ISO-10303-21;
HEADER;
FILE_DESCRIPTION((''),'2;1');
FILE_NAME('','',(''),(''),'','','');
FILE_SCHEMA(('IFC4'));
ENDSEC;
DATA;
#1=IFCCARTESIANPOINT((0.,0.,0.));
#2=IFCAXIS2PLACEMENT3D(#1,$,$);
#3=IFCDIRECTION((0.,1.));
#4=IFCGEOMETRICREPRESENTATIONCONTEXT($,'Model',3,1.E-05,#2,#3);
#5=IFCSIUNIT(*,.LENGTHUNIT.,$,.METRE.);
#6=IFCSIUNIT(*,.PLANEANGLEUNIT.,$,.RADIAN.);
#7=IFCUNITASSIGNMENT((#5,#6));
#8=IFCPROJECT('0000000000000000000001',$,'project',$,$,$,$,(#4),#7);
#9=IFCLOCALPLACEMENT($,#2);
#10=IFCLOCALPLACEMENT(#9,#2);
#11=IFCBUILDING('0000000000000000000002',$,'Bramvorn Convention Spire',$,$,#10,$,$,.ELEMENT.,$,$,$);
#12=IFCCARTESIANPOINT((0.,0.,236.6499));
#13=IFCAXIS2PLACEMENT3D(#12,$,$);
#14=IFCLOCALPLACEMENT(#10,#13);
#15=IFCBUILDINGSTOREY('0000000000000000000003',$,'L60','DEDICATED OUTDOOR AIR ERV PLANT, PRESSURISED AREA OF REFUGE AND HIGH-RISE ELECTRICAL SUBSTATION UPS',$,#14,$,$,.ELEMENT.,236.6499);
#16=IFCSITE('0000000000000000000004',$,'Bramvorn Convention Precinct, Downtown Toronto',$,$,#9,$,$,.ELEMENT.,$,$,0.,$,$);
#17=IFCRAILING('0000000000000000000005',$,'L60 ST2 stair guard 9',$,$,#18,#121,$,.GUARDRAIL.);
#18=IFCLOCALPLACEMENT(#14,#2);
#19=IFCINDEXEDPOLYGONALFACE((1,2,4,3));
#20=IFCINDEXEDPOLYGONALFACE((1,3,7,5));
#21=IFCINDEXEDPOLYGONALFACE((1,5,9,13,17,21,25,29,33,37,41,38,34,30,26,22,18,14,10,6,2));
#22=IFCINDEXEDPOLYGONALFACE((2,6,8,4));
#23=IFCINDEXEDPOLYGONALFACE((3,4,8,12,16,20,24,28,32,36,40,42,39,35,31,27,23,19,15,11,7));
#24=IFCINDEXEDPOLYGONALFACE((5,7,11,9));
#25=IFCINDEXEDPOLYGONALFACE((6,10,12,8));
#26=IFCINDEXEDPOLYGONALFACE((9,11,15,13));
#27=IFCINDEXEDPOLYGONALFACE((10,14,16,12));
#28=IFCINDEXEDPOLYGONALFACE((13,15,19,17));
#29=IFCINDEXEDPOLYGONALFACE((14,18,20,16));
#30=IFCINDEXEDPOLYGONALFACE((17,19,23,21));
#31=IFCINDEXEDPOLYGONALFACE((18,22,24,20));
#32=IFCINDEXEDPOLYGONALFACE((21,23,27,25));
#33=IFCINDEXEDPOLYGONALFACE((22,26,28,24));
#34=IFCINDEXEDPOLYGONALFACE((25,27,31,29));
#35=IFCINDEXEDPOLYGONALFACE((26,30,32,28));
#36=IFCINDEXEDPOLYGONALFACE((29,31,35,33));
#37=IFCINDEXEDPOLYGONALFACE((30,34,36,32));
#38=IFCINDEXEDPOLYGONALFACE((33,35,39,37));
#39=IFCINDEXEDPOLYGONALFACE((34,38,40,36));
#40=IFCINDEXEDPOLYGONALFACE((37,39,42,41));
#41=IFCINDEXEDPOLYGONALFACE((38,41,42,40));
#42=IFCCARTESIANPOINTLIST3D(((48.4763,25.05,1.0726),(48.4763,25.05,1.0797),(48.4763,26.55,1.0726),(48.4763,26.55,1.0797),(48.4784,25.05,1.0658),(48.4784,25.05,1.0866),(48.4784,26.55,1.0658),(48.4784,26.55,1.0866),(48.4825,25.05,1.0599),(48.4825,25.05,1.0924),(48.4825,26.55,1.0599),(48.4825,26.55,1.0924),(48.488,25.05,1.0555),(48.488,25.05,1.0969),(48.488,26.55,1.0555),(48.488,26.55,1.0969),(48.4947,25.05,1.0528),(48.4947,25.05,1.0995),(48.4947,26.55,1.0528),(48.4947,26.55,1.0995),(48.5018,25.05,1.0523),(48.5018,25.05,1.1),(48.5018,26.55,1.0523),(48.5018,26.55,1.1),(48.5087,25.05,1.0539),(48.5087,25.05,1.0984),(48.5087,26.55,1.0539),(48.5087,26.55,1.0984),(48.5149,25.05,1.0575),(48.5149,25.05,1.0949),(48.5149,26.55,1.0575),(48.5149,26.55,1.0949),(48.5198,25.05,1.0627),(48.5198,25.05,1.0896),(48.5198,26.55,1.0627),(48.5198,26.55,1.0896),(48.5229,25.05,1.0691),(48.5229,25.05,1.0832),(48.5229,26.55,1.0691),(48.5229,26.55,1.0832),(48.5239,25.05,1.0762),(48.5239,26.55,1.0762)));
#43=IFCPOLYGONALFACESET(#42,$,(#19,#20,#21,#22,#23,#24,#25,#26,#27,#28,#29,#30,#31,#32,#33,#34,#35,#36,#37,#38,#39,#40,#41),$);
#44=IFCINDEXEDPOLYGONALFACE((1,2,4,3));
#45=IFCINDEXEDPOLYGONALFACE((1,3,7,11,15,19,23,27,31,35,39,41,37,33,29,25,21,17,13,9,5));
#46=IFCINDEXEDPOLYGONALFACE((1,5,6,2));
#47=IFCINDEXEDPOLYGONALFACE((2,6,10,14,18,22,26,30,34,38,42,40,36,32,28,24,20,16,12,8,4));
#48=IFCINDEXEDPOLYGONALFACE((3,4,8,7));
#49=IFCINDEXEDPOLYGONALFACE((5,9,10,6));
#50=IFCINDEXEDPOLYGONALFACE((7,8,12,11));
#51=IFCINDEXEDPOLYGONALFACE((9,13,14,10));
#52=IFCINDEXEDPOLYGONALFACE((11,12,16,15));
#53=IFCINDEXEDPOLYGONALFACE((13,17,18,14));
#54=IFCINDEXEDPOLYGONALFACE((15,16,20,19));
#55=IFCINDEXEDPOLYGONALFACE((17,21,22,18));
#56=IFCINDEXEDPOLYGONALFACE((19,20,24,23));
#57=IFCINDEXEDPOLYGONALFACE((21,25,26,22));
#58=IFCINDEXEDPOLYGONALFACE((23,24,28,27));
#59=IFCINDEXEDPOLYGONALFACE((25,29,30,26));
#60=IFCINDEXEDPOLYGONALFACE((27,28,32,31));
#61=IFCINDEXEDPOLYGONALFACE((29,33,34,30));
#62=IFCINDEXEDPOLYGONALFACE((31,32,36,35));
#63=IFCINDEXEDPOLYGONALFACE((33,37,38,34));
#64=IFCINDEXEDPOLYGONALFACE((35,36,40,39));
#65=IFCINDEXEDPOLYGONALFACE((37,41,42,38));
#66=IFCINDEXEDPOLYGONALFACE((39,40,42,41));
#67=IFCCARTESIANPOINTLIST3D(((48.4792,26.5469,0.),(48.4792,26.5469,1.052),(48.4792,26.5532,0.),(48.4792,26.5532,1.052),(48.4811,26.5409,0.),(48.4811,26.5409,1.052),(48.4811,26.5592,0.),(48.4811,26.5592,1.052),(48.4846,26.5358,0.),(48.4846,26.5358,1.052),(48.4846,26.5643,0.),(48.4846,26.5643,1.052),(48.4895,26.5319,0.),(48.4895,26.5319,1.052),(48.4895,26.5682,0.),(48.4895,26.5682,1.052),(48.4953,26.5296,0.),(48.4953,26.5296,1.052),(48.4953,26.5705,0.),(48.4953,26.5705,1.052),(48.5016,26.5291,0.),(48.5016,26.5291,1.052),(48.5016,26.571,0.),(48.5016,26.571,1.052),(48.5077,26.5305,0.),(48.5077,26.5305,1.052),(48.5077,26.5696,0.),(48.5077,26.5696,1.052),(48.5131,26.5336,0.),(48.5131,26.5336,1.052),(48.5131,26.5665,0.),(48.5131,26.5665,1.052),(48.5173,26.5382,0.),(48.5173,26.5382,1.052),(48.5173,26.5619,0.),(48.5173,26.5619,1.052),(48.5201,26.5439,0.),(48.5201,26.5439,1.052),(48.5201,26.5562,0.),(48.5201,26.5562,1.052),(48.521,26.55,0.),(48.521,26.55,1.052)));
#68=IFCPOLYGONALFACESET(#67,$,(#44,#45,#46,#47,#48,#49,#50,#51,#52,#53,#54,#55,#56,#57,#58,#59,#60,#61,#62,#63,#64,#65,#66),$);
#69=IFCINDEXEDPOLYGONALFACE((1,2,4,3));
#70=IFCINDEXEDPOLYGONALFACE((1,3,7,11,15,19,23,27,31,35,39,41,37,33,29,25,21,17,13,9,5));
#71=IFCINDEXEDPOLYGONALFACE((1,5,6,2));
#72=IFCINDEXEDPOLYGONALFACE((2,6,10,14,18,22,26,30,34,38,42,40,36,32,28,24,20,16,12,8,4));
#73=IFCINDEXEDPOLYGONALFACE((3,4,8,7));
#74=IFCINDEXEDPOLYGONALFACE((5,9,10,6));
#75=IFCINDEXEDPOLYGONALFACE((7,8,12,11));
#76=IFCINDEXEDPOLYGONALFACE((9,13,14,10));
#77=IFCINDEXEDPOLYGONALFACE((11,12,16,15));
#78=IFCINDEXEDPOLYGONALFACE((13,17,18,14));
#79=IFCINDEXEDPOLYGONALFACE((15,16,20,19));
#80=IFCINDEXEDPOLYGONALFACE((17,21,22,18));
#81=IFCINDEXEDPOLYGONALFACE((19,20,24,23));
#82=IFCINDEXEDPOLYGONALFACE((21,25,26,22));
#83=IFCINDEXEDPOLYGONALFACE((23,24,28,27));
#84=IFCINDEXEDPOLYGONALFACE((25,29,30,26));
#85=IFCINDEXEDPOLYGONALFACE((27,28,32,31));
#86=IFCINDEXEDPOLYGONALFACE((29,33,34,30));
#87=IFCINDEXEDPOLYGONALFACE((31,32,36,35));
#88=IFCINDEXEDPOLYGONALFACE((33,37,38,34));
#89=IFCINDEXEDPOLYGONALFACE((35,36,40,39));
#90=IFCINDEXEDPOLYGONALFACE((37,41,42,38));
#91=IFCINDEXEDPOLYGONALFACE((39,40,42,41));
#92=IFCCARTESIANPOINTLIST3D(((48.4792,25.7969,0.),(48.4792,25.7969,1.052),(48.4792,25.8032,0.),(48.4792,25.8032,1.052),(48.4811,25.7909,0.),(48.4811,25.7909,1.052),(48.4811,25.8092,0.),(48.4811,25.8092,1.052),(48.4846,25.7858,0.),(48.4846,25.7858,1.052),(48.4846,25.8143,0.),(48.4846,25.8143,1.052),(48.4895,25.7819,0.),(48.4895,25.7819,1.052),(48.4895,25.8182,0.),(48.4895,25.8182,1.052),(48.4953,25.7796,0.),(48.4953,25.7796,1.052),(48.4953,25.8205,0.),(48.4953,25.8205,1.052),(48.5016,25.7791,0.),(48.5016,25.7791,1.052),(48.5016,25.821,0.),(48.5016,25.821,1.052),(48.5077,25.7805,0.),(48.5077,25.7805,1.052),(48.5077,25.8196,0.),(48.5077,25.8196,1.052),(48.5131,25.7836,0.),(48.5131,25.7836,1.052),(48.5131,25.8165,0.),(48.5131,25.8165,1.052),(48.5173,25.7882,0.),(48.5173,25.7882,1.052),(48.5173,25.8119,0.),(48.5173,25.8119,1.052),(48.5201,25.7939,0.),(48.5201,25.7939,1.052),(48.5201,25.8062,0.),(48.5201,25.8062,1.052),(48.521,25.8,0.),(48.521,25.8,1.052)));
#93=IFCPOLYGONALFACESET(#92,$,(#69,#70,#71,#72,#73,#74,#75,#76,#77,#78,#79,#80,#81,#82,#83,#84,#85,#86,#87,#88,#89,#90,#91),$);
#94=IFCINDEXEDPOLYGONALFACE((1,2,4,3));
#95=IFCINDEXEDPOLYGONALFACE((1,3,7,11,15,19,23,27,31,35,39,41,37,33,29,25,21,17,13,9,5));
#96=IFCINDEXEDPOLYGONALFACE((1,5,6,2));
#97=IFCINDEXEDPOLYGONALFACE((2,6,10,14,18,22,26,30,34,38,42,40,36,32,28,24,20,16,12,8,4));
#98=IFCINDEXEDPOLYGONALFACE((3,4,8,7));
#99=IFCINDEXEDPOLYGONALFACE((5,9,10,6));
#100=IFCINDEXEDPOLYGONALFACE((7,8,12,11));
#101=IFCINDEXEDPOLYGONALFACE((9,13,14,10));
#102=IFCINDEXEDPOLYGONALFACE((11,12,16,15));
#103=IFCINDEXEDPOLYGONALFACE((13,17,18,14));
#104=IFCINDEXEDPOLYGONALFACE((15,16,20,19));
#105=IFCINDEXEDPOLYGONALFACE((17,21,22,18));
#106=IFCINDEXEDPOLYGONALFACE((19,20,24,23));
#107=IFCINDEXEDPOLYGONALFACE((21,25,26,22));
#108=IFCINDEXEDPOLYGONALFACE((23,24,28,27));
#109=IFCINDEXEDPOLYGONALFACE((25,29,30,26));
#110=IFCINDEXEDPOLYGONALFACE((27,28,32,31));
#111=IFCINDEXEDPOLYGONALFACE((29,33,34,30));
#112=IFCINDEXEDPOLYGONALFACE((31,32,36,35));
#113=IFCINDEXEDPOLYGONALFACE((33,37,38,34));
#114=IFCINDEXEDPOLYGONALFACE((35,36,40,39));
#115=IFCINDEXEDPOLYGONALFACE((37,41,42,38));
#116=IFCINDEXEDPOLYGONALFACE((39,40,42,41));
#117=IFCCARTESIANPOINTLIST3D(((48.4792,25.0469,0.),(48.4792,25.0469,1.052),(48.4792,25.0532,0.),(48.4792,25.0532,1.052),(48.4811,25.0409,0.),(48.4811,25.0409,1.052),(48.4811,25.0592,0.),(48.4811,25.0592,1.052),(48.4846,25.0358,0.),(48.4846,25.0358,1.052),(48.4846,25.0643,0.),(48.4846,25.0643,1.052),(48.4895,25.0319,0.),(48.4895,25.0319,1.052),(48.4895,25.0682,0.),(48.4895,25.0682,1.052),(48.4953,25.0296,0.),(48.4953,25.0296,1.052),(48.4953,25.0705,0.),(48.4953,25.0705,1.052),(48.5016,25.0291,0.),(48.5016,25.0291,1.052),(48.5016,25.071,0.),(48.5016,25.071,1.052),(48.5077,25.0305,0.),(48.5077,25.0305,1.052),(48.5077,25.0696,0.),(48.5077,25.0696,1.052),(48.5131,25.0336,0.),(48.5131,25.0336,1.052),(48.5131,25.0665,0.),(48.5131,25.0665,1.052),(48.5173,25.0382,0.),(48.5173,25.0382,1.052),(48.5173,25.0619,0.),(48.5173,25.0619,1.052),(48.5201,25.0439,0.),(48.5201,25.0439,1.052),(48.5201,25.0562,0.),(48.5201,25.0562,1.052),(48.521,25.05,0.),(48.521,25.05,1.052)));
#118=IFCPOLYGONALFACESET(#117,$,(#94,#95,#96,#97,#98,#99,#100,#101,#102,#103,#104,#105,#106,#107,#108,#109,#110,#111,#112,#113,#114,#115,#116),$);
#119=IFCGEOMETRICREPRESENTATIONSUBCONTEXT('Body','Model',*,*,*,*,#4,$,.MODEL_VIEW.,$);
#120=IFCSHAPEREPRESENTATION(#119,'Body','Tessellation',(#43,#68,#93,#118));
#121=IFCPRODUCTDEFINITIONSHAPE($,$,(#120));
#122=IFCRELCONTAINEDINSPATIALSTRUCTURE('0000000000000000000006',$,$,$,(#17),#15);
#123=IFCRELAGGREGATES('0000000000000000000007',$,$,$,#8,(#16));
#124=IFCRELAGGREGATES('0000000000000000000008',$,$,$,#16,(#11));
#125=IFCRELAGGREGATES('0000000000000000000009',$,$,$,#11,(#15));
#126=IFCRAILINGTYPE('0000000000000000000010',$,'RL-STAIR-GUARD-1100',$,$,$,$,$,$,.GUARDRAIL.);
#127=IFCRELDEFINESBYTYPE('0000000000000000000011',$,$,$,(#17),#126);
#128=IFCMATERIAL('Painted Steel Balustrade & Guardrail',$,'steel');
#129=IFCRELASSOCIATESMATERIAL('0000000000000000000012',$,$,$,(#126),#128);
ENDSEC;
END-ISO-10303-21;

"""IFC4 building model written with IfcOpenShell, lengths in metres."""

from ifc_helpers import new_model, si_unit, direction, frame, origin, origin_2d, place, context, subcontext, project, spatial, circle, extrude, material, type_object, element, save


model = new_model("IFC4")

# Units and contexts
model_context = context("Model", 3, precision=1e-05, world=origin(), true_north=direction((0.0, 1.0)))
body_context = subcontext(model_context, "Body", "Model", "MODEL_VIEW")
ifc_project = project(units=[si_unit("LENGTHUNIT", "METRE"), si_unit("PLANEANGLEUNIT", "RADIAN")], contexts=[model_context])

# Site, building, storey
site_placement = place(None, origin())
site = spatial("IfcSite", under=ifc_project, at=site_placement, Name="Bramvorn Convention Precinct, Downtown Toronto", CompositionType="ELEMENT", RefElevation=0.0)
building_placement = place(site_placement, origin())
building = spatial("IfcBuilding", under=site, at=building_placement, Name="Bramvorn Convention Spire", CompositionType="ELEMENT")
storey_placement = place(building_placement, frame((0.0, 0.0, 236.6499)))
storey = spatial("IfcBuildingStorey", under=building, at=storey_placement, Name="L60", Description="DEDICATED OUTDOOR AIR ERV PLANT, PRESSURISED AREA OF REFUGE AND HIGH-RISE ELECTRICAL SUBSTATION UPS", CompositionType="ELEMENT", Elevation=236.6499)

# Railing
ifc_material_1 = material(Name="Painted Steel Balustrade & Guardrail", Category="steel")
railing_type_1 = type_object("IfcRailingType", Name="RL-STAIR-GUARD-1100", PredefinedType="GUARDRAIL", material=ifc_material_1)
for number, where, name in (
    (1, (48.5, 26.55, 0.0), "L60 ST2 stair guard 9"),
):
    element("IfcRailing", number, at=place(storey_placement, frame(where)), inside=storey, type_object=railing_type_1, Name=name, PredefinedType="GUARDRAIL", context=body_context, shape_type="SweptSolid", body=[
        extrude(circle(Radius=0.0239, at=origin_2d()), frame((0.0, 0.0, 1.0762), z_axis=(0.0, -1.0, 0.0), x_axis=(1.0, 0.0, 0.0)), (0.0, 0.0, 1.0), 1.5),
        extrude(circle(Radius=0.021, at=origin_2d()), origin(), (0.0, 0.0, 1.0), 1.052),
        extrude(circle(Radius=0.021, at=origin_2d()), frame((0.0, -0.75, 0.0)), (0.0, 0.0, 1.0), 1.052),
        extrude(circle(Radius=0.021, at=origin_2d()), frame((0.0, -1.5, 0.0)), (0.0, 0.0, 1.0), 1.052),
    ])

save(model, "model.ifc")
